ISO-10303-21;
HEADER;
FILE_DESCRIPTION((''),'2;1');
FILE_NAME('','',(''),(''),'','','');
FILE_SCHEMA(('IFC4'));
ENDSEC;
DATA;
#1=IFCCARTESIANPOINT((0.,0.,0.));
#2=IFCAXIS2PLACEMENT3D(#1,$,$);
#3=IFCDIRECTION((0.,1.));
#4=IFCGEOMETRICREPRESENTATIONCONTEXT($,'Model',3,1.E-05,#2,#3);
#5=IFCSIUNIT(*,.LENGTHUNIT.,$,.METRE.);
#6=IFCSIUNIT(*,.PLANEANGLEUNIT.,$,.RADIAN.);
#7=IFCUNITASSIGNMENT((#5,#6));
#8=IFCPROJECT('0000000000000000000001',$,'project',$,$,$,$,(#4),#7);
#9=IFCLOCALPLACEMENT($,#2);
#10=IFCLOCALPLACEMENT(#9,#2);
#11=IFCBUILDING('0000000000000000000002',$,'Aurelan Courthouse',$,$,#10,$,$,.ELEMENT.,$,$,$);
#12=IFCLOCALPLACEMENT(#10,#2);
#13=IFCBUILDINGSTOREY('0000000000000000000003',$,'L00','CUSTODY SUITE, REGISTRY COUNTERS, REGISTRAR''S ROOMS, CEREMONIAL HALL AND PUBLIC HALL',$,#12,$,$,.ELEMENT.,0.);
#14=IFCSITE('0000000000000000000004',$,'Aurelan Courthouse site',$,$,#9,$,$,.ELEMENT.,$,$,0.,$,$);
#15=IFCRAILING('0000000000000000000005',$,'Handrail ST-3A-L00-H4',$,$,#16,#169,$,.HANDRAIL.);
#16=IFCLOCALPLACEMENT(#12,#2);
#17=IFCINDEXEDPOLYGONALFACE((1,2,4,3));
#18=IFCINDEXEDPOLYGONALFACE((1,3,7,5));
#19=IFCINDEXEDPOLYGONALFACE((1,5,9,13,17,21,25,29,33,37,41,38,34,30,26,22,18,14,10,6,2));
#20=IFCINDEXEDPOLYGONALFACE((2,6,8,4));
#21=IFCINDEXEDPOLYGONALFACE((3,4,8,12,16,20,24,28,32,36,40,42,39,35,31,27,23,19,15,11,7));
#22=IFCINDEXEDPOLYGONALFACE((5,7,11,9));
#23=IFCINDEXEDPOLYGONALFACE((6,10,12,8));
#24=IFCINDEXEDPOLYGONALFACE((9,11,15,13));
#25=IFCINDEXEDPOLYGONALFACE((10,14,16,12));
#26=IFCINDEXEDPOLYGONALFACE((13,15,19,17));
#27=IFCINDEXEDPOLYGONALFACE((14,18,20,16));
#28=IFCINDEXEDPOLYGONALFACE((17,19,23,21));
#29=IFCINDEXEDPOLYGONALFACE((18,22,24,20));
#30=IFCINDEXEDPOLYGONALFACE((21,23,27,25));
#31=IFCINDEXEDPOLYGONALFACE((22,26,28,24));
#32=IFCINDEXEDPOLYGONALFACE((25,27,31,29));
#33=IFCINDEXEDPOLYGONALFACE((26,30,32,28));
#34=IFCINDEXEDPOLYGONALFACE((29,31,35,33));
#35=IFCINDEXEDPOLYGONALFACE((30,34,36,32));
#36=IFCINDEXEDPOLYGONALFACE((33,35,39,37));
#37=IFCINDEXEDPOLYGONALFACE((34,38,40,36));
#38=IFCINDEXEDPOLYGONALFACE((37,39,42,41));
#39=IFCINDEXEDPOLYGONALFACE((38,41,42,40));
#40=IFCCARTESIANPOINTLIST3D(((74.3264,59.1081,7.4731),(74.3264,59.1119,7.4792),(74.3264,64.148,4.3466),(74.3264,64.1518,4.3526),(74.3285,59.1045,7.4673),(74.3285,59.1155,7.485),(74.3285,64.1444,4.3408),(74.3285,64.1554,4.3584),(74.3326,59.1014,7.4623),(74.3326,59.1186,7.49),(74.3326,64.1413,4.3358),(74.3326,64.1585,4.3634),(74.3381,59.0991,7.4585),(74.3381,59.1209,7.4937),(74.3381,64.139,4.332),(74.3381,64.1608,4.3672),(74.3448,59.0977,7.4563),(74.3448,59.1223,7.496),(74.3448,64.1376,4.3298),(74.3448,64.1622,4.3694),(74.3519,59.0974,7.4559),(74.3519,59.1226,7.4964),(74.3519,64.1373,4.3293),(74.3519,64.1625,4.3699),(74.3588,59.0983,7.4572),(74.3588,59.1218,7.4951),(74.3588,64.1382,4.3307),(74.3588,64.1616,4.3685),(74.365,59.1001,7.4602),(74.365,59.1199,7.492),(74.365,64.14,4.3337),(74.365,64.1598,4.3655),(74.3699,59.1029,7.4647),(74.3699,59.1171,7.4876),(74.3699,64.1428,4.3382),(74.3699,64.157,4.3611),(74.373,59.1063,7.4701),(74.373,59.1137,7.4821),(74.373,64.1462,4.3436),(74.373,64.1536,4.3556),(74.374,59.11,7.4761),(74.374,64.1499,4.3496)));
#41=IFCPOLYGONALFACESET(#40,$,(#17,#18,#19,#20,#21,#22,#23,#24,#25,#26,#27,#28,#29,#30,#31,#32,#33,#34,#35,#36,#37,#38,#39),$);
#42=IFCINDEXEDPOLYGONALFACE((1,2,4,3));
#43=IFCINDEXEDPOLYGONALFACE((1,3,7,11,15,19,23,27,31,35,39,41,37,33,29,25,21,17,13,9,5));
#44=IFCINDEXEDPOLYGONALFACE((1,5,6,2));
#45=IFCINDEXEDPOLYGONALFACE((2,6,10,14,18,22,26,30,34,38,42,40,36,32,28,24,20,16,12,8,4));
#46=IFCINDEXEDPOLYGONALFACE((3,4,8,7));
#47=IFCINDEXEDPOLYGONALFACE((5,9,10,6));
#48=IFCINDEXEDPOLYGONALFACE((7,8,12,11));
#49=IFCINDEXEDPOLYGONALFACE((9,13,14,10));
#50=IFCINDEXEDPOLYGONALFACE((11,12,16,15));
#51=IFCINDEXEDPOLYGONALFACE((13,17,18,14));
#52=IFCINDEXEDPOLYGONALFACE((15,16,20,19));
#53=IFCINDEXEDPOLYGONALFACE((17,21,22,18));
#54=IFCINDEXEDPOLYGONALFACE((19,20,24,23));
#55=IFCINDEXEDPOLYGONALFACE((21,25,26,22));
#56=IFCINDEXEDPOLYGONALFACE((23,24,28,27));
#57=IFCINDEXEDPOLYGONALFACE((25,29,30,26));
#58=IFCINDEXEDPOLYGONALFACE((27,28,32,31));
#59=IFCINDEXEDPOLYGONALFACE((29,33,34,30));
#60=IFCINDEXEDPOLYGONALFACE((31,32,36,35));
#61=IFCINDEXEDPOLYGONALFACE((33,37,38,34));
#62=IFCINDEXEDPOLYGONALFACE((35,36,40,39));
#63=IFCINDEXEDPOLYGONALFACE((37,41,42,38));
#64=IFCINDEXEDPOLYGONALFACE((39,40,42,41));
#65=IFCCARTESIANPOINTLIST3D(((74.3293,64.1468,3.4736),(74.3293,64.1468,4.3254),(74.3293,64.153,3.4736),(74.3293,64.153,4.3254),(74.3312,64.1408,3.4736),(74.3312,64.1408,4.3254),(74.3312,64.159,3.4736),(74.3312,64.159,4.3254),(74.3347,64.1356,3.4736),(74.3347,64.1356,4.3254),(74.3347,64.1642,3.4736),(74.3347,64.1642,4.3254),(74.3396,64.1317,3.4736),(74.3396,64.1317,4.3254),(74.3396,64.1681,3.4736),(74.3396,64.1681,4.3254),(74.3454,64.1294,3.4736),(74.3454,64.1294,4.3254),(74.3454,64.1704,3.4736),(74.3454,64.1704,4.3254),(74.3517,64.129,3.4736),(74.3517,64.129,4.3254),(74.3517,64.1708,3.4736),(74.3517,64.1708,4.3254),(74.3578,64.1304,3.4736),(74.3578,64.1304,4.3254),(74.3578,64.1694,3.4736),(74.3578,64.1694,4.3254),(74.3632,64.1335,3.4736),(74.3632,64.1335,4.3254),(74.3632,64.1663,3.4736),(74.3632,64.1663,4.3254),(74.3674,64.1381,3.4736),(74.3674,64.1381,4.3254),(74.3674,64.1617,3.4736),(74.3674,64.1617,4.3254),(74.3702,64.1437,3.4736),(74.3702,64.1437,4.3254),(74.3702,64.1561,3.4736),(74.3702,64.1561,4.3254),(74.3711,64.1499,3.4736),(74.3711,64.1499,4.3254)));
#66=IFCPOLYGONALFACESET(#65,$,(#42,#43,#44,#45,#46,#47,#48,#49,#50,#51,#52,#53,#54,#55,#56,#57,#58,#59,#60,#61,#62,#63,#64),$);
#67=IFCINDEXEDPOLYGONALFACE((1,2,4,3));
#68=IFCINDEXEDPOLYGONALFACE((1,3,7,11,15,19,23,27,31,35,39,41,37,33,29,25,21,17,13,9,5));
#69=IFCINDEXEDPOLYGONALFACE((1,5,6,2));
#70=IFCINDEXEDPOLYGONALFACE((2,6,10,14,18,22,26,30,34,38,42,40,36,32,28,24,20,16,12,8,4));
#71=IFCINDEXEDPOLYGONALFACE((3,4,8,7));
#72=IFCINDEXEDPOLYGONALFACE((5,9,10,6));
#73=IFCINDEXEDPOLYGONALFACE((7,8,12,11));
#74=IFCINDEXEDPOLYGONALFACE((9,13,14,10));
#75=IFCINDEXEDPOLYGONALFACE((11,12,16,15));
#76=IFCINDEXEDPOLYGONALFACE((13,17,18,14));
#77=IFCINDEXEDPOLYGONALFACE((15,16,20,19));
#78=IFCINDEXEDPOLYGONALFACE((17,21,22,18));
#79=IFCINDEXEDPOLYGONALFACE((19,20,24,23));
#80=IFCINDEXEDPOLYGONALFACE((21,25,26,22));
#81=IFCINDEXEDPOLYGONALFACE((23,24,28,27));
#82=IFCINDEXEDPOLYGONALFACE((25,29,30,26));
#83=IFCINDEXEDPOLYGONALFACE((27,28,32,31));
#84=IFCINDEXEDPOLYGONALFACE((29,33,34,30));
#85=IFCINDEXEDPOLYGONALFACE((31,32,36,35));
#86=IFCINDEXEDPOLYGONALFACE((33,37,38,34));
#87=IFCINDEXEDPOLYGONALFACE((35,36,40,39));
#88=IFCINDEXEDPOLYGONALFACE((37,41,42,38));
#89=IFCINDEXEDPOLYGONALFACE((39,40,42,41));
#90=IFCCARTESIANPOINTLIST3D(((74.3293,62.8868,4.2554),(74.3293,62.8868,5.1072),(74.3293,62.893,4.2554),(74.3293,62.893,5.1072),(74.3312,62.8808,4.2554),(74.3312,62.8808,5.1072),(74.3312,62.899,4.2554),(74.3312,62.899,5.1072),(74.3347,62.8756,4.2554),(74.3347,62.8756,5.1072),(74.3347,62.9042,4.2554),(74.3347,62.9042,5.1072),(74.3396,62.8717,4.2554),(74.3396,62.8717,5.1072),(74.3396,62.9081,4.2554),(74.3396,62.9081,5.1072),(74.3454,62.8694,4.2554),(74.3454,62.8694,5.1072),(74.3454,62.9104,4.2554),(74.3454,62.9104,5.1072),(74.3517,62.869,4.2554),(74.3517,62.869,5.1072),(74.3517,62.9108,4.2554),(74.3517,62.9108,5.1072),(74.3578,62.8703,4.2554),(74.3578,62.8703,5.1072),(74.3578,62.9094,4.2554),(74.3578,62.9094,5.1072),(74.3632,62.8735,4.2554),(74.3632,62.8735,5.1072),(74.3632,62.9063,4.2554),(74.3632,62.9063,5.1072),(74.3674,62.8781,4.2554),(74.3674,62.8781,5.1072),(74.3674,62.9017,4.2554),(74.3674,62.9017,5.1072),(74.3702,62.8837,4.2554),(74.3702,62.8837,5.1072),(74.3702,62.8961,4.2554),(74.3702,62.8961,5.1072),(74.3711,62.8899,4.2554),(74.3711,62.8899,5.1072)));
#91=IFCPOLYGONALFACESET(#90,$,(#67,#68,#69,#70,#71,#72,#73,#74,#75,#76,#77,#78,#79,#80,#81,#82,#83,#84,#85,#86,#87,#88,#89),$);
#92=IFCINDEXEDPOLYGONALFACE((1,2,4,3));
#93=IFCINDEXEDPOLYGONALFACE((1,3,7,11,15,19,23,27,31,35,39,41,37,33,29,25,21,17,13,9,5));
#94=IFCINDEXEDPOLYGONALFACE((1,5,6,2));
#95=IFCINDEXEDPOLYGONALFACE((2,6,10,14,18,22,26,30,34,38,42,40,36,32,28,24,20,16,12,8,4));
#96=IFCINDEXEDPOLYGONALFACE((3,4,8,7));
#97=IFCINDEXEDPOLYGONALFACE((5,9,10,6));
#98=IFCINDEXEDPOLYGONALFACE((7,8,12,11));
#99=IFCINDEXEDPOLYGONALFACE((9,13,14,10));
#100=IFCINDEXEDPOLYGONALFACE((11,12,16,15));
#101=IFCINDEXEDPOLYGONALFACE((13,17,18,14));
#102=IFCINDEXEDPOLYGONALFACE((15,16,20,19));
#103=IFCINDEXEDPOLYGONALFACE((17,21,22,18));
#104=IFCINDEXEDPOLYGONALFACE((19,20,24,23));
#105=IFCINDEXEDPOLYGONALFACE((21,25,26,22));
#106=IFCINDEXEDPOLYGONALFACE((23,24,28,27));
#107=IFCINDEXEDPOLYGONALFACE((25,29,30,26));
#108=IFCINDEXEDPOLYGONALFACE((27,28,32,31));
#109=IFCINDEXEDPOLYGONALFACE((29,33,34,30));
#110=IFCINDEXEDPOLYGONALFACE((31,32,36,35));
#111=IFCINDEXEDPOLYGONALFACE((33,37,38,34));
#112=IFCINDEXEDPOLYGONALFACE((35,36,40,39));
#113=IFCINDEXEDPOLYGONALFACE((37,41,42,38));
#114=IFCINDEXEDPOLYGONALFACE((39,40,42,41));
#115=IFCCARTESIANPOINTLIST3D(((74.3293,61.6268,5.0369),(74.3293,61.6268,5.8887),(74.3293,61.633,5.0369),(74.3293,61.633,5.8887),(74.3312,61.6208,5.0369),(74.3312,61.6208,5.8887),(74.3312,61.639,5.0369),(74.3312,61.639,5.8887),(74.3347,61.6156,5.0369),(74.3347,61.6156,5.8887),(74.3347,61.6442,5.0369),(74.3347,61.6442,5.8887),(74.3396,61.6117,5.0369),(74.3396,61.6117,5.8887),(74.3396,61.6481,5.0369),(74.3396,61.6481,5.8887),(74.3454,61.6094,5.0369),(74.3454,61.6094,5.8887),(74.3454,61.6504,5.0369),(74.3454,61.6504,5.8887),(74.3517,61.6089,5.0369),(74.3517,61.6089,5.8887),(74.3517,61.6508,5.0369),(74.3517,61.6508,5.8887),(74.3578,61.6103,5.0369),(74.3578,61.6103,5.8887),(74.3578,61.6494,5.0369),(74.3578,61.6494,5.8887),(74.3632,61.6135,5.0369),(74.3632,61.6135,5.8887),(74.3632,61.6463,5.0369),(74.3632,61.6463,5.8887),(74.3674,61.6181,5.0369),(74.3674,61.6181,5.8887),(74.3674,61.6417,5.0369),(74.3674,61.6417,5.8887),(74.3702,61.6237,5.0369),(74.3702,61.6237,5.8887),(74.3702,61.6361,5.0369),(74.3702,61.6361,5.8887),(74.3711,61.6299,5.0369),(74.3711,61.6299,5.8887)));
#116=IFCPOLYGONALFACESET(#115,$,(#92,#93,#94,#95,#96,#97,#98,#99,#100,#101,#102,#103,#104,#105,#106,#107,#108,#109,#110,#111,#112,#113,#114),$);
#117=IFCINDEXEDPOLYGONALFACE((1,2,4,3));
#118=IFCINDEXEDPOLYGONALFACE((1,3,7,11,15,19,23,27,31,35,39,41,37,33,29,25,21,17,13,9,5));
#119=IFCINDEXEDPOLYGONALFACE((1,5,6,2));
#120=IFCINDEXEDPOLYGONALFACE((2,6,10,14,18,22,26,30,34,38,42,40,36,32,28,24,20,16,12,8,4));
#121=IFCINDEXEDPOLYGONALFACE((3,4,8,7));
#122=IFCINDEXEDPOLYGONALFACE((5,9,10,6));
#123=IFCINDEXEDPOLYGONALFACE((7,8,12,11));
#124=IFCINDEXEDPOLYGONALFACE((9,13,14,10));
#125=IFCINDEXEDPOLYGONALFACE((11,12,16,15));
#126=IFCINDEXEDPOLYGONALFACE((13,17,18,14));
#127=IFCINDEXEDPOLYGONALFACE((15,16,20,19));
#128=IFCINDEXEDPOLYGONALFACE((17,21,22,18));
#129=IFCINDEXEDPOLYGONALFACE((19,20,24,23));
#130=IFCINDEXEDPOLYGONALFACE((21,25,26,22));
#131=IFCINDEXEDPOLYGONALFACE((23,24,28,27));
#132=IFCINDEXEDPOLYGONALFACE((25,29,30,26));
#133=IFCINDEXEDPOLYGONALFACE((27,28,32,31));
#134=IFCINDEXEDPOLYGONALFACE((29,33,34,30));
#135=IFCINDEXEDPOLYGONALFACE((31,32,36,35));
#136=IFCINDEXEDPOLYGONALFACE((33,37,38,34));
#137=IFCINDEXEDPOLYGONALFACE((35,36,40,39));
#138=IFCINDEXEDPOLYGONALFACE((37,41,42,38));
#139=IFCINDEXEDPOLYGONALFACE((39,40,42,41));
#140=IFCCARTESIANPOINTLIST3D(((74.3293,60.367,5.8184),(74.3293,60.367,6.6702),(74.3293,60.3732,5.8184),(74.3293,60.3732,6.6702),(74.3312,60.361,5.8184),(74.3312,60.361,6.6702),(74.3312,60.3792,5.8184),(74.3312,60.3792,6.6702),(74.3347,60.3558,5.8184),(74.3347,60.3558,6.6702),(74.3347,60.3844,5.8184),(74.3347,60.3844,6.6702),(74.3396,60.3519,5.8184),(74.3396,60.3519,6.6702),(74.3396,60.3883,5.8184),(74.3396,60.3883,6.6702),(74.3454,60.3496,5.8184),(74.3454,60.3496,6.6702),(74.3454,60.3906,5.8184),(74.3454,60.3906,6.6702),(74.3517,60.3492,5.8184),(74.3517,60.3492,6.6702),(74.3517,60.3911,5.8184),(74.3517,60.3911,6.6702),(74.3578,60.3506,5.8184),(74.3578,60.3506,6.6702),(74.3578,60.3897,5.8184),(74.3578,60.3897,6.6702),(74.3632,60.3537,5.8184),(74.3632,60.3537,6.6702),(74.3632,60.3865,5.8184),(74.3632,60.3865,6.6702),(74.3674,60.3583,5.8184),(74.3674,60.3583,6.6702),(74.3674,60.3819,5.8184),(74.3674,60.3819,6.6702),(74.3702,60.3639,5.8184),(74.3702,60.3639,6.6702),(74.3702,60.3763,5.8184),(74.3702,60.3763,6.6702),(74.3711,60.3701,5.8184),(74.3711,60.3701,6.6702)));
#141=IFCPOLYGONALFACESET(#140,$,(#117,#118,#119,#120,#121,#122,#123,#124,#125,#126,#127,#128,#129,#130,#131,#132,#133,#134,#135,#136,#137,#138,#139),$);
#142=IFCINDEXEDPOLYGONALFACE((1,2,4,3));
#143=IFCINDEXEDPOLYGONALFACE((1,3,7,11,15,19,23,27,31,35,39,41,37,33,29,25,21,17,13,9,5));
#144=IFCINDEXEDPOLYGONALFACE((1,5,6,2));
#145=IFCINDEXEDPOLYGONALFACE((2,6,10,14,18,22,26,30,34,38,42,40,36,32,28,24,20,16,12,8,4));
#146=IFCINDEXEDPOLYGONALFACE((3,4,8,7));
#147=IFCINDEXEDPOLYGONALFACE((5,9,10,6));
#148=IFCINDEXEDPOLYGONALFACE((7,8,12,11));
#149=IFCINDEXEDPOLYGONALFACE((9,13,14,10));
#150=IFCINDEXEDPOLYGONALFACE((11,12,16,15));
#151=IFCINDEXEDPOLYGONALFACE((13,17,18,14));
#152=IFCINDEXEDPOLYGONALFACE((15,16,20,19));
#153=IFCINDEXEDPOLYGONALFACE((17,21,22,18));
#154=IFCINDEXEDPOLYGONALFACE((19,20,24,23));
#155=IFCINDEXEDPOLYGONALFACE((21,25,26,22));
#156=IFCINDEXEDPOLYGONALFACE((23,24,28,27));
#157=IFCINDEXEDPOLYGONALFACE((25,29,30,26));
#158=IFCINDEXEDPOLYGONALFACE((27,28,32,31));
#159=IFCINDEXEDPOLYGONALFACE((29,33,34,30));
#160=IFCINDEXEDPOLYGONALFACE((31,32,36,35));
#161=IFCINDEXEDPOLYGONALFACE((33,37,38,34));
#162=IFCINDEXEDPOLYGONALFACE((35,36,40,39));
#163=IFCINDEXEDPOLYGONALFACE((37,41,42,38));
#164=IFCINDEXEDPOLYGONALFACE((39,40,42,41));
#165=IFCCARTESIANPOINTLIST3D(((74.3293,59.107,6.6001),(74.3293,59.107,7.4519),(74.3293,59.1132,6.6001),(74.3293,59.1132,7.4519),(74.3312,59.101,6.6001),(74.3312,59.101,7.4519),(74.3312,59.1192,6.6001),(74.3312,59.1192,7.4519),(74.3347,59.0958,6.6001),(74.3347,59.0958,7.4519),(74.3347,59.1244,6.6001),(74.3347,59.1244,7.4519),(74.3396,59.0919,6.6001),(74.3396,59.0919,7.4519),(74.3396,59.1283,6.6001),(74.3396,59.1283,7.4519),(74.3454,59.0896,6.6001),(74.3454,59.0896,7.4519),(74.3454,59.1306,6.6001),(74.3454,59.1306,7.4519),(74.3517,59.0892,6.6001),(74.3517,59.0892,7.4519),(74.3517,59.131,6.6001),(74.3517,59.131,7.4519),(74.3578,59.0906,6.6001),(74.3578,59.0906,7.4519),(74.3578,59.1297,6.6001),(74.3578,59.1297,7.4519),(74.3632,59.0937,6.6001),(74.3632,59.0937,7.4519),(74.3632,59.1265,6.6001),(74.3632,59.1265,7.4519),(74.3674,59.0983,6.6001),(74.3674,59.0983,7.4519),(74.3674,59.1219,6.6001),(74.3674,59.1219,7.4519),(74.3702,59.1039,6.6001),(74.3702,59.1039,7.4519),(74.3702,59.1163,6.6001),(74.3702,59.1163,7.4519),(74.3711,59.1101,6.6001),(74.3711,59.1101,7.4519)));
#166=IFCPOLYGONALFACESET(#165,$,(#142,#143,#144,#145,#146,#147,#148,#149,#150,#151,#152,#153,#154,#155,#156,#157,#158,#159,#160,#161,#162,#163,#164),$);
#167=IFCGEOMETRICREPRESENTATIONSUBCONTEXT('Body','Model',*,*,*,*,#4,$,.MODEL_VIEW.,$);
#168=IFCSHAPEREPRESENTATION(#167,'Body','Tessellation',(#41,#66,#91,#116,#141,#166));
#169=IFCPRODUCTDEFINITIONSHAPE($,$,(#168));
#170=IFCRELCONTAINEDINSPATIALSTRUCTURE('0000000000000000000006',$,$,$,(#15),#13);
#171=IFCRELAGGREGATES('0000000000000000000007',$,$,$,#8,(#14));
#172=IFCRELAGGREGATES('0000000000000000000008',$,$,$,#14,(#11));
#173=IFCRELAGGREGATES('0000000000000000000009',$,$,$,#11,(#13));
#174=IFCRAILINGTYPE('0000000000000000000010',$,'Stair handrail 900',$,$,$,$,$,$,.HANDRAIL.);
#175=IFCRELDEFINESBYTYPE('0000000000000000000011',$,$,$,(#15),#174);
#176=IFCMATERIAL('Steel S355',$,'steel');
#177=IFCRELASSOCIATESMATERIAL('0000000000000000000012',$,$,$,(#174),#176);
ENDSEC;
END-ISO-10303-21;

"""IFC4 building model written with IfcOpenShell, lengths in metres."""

from ifc_helpers import new_model, si_unit, direction, frame, origin, origin_2d, place, context, subcontext, project, spatial, circle, extrude, material, type_object, element, save


model = new_model("IFC4")

# Units and contexts
model_context = context("Model", 3, precision=1e-05, world=origin(), true_north=direction((0.0, 1.0)))
body_context = subcontext(model_context, "Body", "Model", "MODEL_VIEW")
ifc_project = project(units=[si_unit("LENGTHUNIT", "METRE"), si_unit("PLANEANGLEUNIT", "RADIAN")], contexts=[model_context])

# Site, building, storey
site_placement = place(None, origin())
site = spatial("IfcSite", under=ifc_project, at=site_placement, Name="Aurelan Courthouse site", CompositionType="ELEMENT", RefElevation=0.0)
building_placement = place(site_placement, origin())
building = spatial("IfcBuilding", under=site, at=building_placement, Name="Aurelan Courthouse", CompositionType="ELEMENT")
storey_placement = place(building_placement, origin())
storey = spatial("IfcBuildingStorey", under=building, at=storey_placement, Name="L00", Description="CUSTODY SUITE, REGISTRY COUNTERS, REGISTRAR'S ROOMS, CEREMONIAL HALL AND PUBLIC HALL", CompositionType="ELEMENT", Elevation=0.0)

# Railing
ifc_material_1 = material(Name="Steel S355", Category="steel")
railing_type_1 = type_object("IfcRailingType", Name="Stair handrail 900", PredefinedType="HANDRAIL", material=ifc_material_1)
for number, where, name in (
    (1, (74.3501, 64.1499, 3.4736), "Handrail ST-3A-L00-H4"),
):
    element("IfcRailing", number, at=place(storey_placement, frame(where)), inside=storey, type_object=railing_type_1, Name=name, PredefinedType="HANDRAIL", context=body_context, shape_type="SweptSolid", body=[
        extrude(circle(Radius=0.0239, at=origin_2d()), frame((0.0, 0.0, 0.876), z_axis=(0.0, -0.849767, 0.527158), x_axis=(1.0, 0.0, 0.0)), (0.0, 0.0, 1.0), 5.9309),
        extrude(circle(Radius=0.021, at=origin_2d()), origin(), (0.0, 0.0, 1.0), 0.8518),
        extrude(circle(Radius=0.021, at=origin_2d()), frame((0.0, -1.26, 0.7817)), (0.0, 0.0, 1.0), 0.8518),
        extrude(circle(Radius=0.021, at=origin_2d()), frame((0.0, -2.52, 1.5632)), (0.0, 0.0, 1.0), 0.8518),
        extrude(circle(Radius=0.021, at=origin_2d()), frame((0.0, -3.7798, 2.3447)), (0.0, 0.0, 1.0), 0.8518),
        extrude(circle(Radius=0.021, at=origin_2d()), frame((0.0, -5.0398, 3.1265)), (0.0, 0.0, 1.0), 0.8518),
    ])

save(model, "model.ifc")
